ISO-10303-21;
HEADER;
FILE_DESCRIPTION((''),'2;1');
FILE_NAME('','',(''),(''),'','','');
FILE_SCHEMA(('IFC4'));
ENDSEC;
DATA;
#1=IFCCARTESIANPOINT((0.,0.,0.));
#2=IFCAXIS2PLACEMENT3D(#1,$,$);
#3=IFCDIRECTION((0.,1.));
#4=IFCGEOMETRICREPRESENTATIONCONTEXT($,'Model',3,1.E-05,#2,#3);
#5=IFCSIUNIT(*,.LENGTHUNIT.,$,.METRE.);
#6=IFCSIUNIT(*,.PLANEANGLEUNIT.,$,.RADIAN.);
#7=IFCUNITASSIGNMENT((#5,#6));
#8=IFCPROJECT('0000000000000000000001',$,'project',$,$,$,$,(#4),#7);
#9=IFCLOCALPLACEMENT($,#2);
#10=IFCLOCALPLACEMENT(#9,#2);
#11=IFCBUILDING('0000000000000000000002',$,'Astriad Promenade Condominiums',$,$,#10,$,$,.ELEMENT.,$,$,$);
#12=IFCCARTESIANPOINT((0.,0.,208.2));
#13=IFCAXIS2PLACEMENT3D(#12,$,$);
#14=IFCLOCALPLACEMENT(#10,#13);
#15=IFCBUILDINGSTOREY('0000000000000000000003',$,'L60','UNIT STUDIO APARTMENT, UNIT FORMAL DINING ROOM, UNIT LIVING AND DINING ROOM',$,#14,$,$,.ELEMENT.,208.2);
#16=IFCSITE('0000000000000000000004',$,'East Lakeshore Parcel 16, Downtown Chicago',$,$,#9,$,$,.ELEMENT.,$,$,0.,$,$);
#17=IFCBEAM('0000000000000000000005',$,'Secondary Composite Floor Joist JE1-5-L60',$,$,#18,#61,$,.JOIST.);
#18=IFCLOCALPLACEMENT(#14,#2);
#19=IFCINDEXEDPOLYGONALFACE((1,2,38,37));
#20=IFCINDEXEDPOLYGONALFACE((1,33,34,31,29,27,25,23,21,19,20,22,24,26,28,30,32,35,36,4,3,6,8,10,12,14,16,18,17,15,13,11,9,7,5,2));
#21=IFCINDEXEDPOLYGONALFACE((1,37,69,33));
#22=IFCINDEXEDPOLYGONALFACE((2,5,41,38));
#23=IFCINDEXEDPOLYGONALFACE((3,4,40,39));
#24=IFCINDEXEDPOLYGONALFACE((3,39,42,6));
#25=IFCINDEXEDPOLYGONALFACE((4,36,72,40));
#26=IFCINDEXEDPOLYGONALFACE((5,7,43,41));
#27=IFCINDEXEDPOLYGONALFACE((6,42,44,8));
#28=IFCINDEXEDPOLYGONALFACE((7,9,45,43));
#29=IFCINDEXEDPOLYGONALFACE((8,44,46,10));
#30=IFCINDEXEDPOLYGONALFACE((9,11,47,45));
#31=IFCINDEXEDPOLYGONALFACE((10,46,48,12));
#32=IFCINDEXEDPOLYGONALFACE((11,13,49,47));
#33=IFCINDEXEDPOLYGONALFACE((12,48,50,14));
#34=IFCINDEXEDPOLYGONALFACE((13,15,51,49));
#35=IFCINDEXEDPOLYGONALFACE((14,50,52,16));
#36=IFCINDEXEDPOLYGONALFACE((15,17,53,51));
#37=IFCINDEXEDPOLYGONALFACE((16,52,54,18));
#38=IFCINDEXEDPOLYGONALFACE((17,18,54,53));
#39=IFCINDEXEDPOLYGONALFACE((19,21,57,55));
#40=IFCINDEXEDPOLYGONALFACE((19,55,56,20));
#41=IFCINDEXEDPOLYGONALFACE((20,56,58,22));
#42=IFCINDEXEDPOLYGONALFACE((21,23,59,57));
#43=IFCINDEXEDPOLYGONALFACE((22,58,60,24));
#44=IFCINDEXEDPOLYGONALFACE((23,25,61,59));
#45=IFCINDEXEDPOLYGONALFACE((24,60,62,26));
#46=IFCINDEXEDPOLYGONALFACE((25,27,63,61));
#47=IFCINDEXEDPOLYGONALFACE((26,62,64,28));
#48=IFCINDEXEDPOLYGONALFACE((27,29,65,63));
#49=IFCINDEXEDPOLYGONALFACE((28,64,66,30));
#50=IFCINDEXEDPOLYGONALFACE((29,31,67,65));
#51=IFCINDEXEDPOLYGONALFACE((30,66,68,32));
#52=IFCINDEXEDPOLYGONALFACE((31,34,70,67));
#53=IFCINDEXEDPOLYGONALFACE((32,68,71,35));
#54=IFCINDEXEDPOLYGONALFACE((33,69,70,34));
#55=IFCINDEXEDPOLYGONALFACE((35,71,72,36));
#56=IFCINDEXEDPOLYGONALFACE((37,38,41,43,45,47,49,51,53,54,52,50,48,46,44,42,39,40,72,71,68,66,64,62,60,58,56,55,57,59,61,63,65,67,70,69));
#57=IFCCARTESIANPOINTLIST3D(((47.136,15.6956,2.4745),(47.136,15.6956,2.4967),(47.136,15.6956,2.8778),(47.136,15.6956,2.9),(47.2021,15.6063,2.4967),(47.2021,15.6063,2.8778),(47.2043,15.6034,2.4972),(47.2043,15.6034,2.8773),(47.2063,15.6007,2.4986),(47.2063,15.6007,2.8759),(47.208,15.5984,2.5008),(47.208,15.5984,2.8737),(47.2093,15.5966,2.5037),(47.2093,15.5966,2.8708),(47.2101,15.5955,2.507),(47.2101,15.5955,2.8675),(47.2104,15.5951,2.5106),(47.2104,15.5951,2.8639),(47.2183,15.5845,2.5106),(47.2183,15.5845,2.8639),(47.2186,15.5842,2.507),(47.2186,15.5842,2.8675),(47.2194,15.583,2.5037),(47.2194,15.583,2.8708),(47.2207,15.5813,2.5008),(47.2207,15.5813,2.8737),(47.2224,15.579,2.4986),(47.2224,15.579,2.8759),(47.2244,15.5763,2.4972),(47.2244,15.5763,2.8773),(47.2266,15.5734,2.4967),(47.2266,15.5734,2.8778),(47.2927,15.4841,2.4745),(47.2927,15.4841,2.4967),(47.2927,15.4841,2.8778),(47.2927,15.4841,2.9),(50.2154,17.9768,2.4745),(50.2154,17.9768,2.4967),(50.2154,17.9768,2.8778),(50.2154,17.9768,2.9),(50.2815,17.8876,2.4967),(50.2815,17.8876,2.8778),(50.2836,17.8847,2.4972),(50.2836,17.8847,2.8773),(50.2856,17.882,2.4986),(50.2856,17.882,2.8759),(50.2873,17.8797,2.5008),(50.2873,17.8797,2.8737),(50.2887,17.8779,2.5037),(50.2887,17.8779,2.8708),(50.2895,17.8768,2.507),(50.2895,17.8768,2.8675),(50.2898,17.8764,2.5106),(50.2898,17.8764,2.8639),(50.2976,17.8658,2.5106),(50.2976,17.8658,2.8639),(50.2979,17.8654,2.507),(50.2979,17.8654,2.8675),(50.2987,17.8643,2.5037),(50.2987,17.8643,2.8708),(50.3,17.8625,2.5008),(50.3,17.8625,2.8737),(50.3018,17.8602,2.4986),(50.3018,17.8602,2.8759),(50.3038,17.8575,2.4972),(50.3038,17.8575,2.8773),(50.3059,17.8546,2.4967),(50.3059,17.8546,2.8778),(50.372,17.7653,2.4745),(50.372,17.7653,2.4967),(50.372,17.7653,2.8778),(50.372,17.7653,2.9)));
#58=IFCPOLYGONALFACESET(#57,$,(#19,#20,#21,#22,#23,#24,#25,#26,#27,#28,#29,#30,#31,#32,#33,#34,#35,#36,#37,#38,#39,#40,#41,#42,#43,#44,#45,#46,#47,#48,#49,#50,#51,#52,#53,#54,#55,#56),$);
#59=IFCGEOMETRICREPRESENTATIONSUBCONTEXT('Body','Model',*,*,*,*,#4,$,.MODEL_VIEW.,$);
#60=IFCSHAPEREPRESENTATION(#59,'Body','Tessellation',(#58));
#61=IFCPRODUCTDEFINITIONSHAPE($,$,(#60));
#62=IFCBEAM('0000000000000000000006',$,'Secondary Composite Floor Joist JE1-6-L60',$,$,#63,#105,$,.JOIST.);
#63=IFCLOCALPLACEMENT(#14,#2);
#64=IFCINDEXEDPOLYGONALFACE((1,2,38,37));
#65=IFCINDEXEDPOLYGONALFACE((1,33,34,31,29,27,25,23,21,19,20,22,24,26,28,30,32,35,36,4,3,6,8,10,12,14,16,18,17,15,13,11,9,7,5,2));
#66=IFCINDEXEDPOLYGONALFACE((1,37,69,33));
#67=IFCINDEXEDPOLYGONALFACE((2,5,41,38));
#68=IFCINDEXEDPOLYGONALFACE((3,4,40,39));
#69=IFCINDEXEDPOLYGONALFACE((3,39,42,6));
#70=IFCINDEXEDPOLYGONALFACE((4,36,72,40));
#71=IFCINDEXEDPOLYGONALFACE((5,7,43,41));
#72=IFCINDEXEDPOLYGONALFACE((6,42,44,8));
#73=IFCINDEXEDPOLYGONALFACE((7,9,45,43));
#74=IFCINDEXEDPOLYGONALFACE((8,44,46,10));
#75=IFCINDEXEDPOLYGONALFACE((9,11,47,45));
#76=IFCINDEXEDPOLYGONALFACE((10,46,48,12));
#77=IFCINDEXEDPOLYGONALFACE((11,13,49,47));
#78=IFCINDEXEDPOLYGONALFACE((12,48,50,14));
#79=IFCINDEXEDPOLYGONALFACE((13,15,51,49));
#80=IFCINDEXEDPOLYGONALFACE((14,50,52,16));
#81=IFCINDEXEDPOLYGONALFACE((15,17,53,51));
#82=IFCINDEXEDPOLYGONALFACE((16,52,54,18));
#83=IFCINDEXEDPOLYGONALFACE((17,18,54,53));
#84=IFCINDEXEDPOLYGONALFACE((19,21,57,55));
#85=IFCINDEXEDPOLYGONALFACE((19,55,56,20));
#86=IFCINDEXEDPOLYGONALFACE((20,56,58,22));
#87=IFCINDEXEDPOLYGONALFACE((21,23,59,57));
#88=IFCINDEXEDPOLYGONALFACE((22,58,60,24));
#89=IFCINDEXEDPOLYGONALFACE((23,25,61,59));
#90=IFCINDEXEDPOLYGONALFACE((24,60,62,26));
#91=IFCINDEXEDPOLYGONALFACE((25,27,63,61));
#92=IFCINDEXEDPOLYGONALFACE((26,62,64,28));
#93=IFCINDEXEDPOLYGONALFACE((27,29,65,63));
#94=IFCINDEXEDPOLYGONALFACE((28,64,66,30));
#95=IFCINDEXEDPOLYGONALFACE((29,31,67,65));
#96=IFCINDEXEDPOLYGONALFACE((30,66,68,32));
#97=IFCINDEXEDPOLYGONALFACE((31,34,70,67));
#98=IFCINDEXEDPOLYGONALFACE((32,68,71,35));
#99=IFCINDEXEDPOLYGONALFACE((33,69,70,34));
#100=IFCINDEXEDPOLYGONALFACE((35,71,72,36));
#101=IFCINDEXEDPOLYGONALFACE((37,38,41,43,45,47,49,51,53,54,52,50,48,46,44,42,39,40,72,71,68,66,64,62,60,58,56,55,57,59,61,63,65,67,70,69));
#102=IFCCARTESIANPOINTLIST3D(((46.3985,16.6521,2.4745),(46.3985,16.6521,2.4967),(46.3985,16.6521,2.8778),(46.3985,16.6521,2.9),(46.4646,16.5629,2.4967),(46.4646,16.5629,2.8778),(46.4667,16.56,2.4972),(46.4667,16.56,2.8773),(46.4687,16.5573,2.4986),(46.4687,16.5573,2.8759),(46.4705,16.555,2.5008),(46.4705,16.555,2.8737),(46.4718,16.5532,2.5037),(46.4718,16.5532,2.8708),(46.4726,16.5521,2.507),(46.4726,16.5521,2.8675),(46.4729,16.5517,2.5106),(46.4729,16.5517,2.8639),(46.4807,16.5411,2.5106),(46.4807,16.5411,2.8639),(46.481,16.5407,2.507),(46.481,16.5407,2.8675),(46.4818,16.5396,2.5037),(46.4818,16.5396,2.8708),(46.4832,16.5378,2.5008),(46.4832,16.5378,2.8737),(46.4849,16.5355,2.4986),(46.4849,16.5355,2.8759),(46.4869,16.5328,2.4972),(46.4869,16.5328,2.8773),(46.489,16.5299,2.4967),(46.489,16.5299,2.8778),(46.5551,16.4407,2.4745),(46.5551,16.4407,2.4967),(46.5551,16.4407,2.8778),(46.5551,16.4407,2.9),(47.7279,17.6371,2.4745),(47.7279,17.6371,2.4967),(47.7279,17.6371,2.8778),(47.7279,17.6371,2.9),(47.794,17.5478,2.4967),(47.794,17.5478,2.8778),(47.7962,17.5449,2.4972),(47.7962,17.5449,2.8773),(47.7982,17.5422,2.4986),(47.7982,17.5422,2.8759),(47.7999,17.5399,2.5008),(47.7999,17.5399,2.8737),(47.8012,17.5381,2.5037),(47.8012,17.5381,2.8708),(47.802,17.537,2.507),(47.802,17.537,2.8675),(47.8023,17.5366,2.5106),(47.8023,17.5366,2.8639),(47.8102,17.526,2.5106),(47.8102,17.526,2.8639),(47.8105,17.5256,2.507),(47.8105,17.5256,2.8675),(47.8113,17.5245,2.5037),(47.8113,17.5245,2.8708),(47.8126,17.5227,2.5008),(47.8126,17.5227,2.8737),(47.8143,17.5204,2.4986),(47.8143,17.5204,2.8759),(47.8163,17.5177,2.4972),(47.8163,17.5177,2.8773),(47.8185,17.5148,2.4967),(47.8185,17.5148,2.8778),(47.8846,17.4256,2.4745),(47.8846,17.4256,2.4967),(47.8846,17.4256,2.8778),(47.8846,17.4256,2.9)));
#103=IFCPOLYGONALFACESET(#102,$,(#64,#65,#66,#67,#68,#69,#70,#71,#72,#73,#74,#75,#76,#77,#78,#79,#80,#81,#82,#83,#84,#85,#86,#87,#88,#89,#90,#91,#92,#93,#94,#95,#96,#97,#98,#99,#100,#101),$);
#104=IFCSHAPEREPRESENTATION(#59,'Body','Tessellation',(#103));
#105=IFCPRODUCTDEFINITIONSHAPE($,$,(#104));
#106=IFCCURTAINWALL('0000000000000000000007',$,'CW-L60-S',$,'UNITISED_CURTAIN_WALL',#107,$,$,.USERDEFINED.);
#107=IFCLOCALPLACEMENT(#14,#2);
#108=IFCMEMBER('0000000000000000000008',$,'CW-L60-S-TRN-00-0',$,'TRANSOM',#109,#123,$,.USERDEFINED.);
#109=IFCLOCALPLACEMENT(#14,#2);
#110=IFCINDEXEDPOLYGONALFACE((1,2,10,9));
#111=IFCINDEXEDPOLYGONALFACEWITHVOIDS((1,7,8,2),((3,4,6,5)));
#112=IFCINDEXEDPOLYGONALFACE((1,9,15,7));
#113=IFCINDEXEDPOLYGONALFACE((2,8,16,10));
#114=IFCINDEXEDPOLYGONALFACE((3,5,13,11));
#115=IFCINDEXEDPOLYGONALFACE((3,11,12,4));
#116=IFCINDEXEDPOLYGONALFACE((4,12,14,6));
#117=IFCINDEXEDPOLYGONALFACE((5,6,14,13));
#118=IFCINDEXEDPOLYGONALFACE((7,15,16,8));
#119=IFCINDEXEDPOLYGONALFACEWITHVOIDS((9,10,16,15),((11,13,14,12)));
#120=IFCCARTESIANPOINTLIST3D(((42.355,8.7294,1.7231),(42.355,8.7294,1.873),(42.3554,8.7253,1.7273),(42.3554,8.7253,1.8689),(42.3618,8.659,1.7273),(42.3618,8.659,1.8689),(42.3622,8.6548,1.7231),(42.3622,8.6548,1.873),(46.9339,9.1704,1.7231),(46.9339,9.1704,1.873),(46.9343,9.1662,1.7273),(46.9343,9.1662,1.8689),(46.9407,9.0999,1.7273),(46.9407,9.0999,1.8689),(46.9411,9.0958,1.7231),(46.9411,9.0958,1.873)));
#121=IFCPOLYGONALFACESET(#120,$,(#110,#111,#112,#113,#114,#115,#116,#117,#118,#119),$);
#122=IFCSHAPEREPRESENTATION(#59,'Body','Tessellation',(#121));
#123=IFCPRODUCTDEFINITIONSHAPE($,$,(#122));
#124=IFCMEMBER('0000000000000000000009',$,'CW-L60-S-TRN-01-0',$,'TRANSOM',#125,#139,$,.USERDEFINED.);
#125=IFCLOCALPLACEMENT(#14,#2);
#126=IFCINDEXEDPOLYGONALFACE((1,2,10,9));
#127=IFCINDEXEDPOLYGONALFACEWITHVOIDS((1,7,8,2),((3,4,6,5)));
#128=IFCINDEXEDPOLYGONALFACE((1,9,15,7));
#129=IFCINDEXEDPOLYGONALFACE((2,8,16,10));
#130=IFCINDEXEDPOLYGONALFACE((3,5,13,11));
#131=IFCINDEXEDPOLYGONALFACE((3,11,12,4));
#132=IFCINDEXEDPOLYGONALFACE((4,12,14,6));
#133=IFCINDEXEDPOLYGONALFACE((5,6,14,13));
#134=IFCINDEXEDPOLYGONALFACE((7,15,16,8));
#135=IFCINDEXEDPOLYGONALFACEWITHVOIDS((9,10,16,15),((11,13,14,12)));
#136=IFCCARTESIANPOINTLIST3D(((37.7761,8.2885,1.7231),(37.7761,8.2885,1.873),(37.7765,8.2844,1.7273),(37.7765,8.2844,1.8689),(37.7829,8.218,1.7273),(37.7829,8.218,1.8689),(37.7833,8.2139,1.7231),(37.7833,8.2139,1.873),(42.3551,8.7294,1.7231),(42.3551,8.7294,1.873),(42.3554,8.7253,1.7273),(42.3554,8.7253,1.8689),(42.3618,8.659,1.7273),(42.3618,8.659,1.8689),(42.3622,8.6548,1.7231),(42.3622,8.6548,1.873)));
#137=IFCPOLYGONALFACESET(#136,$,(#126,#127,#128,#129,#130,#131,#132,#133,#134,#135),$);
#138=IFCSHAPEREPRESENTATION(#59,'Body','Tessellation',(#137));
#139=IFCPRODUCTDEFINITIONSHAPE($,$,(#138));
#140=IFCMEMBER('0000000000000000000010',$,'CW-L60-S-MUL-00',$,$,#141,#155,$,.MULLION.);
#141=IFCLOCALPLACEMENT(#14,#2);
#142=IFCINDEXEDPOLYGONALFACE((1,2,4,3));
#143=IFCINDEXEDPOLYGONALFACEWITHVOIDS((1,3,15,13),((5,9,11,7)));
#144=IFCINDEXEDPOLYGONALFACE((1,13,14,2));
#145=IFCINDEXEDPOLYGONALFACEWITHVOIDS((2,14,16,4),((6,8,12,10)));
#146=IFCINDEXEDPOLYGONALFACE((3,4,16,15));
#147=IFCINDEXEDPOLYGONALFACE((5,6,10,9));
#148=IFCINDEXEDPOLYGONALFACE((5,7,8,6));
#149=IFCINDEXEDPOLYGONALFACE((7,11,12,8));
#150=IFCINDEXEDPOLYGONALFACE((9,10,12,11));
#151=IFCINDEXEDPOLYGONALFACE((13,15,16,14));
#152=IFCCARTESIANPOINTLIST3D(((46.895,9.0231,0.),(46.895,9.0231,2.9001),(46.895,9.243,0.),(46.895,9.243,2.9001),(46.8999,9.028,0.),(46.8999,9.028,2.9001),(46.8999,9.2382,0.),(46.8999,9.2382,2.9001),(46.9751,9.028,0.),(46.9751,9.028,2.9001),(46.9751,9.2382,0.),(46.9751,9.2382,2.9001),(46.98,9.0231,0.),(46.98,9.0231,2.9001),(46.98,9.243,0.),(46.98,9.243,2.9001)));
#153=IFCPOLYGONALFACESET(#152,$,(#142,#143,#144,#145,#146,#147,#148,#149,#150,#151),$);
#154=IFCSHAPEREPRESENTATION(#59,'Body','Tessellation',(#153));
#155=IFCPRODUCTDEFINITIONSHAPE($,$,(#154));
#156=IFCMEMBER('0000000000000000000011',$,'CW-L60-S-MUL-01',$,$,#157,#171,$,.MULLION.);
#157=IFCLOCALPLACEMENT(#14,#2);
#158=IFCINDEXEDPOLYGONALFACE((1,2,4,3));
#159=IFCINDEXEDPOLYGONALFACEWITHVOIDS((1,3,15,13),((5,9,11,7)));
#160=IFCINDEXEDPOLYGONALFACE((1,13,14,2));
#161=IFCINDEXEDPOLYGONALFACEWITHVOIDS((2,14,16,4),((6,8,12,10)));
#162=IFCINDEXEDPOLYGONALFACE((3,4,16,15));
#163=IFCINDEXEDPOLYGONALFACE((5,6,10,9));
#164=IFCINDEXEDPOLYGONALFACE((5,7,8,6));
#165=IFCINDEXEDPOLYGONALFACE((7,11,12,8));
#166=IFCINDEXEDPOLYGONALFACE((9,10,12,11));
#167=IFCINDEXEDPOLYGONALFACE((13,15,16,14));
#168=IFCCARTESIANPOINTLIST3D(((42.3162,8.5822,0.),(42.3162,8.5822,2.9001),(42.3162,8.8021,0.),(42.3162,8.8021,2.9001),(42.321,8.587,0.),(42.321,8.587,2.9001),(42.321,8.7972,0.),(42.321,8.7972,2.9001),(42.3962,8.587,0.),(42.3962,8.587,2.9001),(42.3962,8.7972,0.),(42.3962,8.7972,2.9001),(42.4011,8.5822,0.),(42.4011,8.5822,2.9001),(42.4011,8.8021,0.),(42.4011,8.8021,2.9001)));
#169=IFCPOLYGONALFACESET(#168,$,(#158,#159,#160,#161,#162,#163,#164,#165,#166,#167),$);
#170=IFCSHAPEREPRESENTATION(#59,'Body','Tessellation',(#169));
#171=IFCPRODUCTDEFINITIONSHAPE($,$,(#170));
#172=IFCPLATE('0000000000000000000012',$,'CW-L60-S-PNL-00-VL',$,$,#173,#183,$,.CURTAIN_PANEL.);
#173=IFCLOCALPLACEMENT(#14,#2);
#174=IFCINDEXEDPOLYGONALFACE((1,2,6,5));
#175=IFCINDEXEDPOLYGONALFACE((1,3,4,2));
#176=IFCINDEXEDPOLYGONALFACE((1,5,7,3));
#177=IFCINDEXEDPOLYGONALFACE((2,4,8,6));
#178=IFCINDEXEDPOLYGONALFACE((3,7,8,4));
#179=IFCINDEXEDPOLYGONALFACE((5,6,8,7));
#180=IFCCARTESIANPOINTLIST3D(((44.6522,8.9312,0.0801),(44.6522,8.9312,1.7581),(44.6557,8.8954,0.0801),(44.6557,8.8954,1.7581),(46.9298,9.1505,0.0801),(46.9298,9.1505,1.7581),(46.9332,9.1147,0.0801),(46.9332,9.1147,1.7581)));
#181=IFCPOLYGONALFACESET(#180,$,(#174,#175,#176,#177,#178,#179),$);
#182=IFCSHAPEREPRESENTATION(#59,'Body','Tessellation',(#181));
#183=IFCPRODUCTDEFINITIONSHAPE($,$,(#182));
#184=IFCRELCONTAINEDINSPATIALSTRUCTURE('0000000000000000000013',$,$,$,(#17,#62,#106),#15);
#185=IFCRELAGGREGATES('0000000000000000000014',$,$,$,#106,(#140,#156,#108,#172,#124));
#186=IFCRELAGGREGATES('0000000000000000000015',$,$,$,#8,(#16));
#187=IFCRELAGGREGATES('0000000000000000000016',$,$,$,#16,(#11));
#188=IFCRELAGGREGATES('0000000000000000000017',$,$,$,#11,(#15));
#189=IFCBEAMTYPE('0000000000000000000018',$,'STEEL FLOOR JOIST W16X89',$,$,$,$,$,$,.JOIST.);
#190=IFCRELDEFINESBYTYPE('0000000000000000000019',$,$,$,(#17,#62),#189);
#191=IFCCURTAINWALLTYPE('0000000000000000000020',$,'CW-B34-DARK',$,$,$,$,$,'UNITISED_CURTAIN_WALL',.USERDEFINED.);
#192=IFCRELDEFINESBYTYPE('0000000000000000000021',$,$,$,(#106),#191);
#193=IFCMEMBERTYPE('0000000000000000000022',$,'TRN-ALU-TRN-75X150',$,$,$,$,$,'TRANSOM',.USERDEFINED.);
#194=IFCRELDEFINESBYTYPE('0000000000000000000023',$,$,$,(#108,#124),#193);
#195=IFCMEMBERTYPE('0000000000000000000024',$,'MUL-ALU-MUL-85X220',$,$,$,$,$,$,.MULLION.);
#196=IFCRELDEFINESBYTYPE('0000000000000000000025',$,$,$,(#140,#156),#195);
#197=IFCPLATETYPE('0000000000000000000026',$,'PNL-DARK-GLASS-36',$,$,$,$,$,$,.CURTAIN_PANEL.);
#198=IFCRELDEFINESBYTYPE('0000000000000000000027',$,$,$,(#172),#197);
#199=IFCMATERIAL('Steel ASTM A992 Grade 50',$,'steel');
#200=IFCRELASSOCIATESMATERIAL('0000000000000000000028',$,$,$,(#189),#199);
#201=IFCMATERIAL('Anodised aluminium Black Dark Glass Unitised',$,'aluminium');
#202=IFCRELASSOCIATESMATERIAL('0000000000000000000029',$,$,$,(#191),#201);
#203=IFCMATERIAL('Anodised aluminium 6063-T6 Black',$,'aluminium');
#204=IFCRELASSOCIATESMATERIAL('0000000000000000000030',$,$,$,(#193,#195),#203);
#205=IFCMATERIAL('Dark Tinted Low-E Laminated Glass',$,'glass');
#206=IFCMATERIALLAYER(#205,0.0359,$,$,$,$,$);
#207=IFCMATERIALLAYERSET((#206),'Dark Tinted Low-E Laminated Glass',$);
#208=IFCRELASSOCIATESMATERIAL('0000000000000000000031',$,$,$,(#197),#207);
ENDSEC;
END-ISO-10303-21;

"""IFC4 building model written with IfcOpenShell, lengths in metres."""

from ifc_helpers import new_model, si_unit, direction, frame, origin, origin_2d, place, context, subcontext, project, spatial, rectangle, hollow_rectangle, i_section, extrude, source, transform, mapped, material, layer, layer_set, material_profile, profile_set, type_object, type_shapes, element, aggregate, save


model = new_model("IFC4")

# Units and contexts
model_context = context("Model", 3, precision=1e-05, world=origin(), true_north=direction((0.0, 1.0)))
body_context = subcontext(model_context, "Body", "Model", "MODEL_VIEW")
ifc_project = project(units=[si_unit("LENGTHUNIT", "METRE"), si_unit("PLANEANGLEUNIT", "RADIAN")], contexts=[model_context])

# Site, building, storey
site_placement = place(None, origin())
site = spatial("IfcSite", under=ifc_project, at=site_placement, Name="East Lakeshore Parcel 16, Downtown Chicago", CompositionType="ELEMENT", RefElevation=0.0)
building_placement = place(site_placement, origin())
building = spatial("IfcBuilding", under=site, at=building_placement, Name="Astriad Promenade Condominiums", CompositionType="ELEMENT")
storey_placement = place(building_placement, frame((0.0, 0.0, 208.2)))
storey = spatial("IfcBuildingStorey", under=building, at=storey_placement, Name="L60", Description="UNIT STUDIO APARTMENT, UNIT FORMAL DINING ROOM, UNIT LIVING AND DINING ROOM", CompositionType="ELEMENT", Elevation=208.2)

# Beams
ifc_material_1 = material(Name="Steel ASTM A992 Grade 50", Category="steel")
ifc_material_profile_1 = material_profile(ifc_material_1, i_section(OverallWidth=0.2632, OverallDepth=0.4255, WebThickness=0.0132, FlangeThickness=0.0222, FilletRadius=0.0139, at=origin_2d()), Name="W16X89")
ifc_profile_set_1 = profile_set([ifc_material_profile_1], Name="Steel ASTM A992 Grade 50")
beam_type = type_object("IfcBeamType", Name="STEEL FLOOR JOIST W16X89", PredefinedType="JOIST", material=ifc_profile_set_1)
shared_shape_1 = source(origin(), body_context, "Body", "SweptSolid", [
    extrude(i_section(OverallWidth=0.2632, OverallDepth=0.4255, WebThickness=0.0132, FlangeThickness=0.0222, FilletRadius=0.0139, at=origin_2d()), origin(), (0.0, 0.0, 1.0), 3.8323),
])
beam_1_placement = place(storey_placement, frame((47.2144, 15.5898, 2.6873), z_axis=(0.803526, 0.59527, 0.0), x_axis=(-0.59527, 0.803526, 0.0)))
element("IfcBeam", 1, at=beam_1_placement, inside=storey, type_object=beam_type, Name="Secondary Composite Floor Joist JE1-5-L60", PredefinedType="JOIST", context=body_context, shape_type="MappedRepresentation", body=[
    mapped(shared_shape_1, transform((0.0, 0.0, 0.0), scale=1.0)),
])
shared_shape_2 = source(origin(), body_context, "Body", "SweptSolid", [
    extrude(i_section(OverallWidth=0.2632, OverallDepth=0.4255, WebThickness=0.0132, FlangeThickness=0.0222, FilletRadius=0.0139, at=origin_2d()), origin(), (0.0, 0.0, 1.0), 1.6545),
])
type_shapes(beam_type, [shared_shape_1, shared_shape_2])
beam_2_placement = place(storey_placement, frame((46.4768, 16.5464, 2.6873), z_axis=(0.80351, 0.595291, 0.0), x_axis=(-0.595291, 0.80351, 0.0)))
element("IfcBeam", 2, at=beam_2_placement, inside=storey, type_object=beam_type, Name="Secondary Composite Floor Joist JE1-6-L60", PredefinedType="JOIST", context=body_context, shape_type="MappedRepresentation", body=[
    mapped(shared_shape_2, transform((0.0, 0.0, 0.0), scale=1.0)),
])

# Curtain wall, members, plate
ifc_material_2 = material(Name="Anodised aluminium Black Dark Glass Unitised", Category="aluminium")
curtain_wall_type = type_object("IfcCurtainWallType", Name="CW-B34-DARK", ElementType="UNITISED_CURTAIN_WALL", PredefinedType="USERDEFINED", material=ifc_material_2)
curtain_wall_placement = place(storey_placement, origin())
curtain_wall = element("IfcCurtainWall", 3, at=curtain_wall_placement, inside=storey, type_object=curtain_wall_type, Name="CW-L60-S", ObjectType="UNITISED_CURTAIN_WALL", PredefinedType="USERDEFINED")
ifc_material_3 = material(Name="Anodised aluminium 6063-T6 Black", Category="aluminium")
ifc_material_profile_2 = material_profile(ifc_material_3, hollow_rectangle(XDim=0.075, YDim=0.1499, WallThickness=0.0042, at=origin_2d()), Name="ALU-TRN-75X150")
ifc_profile_set_2 = profile_set([ifc_material_profile_2], Name="Anodised aluminium 6063-T6 Black")
member_type_1 = type_object("IfcMemberType", Name="TRN-ALU-TRN-75X150", ElementType="TRANSOM", PredefinedType="USERDEFINED", material=ifc_profile_set_2)
shared_shape_3 = source(origin(), body_context, "Body", "SweptSolid", [
    extrude(hollow_rectangle(XDim=0.075, YDim=0.1499, WallThickness=0.0042, at=origin_2d()), origin(), (0.0, 0.0, 1.0), 4.6001),
])
type_shapes(member_type_1, [shared_shape_3])
member_1_placement = place(storey_placement, frame((46.9375, 9.1331, 1.7981), z_axis=(-0.995396, -0.095851, 0.0), x_axis=(0.095851, -0.995396, 0.0)))
member_1 = element("IfcMember", 4, at=member_1_placement, type_object=member_type_1, Name="CW-L60-S-TRN-00-0", ObjectType="TRANSOM", PredefinedType="USERDEFINED", context=body_context, shape_type="MappedRepresentation", body=[
    mapped(shared_shape_3, transform((0.0, 0.0, 0.0), scale=1.0)),
])
member_2_placement = place(storey_placement, frame((42.3586, 8.6921, 1.7981), z_axis=(-0.995396, -0.095851, 0.0), x_axis=(0.095851, -0.995396, 0.0)))
member_2 = element("IfcMember", 5, at=member_2_placement, type_object=member_type_1, Name="CW-L60-S-TRN-01-0", ObjectType="TRANSOM", PredefinedType="USERDEFINED", context=body_context, shape_type="MappedRepresentation", body=[
    mapped(shared_shape_3, transform((0.0, 0.0, 0.0), scale=1.0)),
])
ifc_material_profile_3 = material_profile(ifc_material_3, hollow_rectangle(XDim=0.085, YDim=0.22, WallThickness=0.0049, at=origin_2d()), Name="ALU-MUL-85X220")
ifc_profile_set_3 = profile_set([ifc_material_profile_3], Name="Anodised aluminium 6063-T6 Black")
member_type_2 = type_object("IfcMemberType", Name="MUL-ALU-MUL-85X220", PredefinedType="MULLION", material=ifc_profile_set_3)
shared_shape_4 = source(origin(), body_context, "Body", "SweptSolid", [
    extrude(hollow_rectangle(XDim=0.085, YDim=0.22, WallThickness=0.0049, at=origin_2d()), origin(), (0.0, 0.0, 1.0), 2.9001),
])
type_shapes(member_type_2, [shared_shape_4])
member_3_placement = place(storey_placement, frame((46.9375, 9.1331, 0.0), z_axis=(0.0, 0.0, 1.0), x_axis=(1.0, 0.0, 0.0)))
member_3 = element("IfcMember", 6, at=member_3_placement, type_object=member_type_2, Name="CW-L60-S-MUL-00", PredefinedType="MULLION", context=body_context, shape_type="MappedRepresentation", body=[
    mapped(shared_shape_4, transform((0.0, 0.0, 0.0), scale=1.0)),
])
member_4_placement = place(storey_placement, frame((42.3586, 8.6921, 0.0), z_axis=(0.0, 0.0, 1.0), x_axis=(1.0, 0.0, 0.0)))
member_4 = element("IfcMember", 7, at=member_4_placement, type_object=member_type_2, Name="CW-L60-S-MUL-01", PredefinedType="MULLION", context=body_context, shape_type="MappedRepresentation", body=[
    mapped(shared_shape_4, transform((0.0, 0.0, 0.0), scale=1.0)),
])
ifc_material_4 = material(Name="Dark Tinted Low-E Laminated Glass", Category="glass")
ifc_layer_1 = layer(ifc_material_4, 0.0359)
ifc_layer_set_1 = layer_set([ifc_layer_1], Name="Dark Tinted Low-E Laminated Glass")
plate_type = type_object("IfcPlateType", Name="PNL-DARK-GLASS-36", PredefinedType="CURTAIN_PANEL", material=ifc_layer_set_1)
shared_shape_5 = source(origin(), body_context, "Body", "SweptSolid", [
    extrude(rectangle(XDim=2.2881, YDim=0.0359, at=origin_2d()), origin(), (0.0, 0.0, 1.0), 1.678),
])
plate_1_placement = place(storey_placement, frame((45.7927, 9.0229, 0.0801), z_axis=(0.0, 0.0, 1.0), x_axis=(-0.995396, -0.095846, 0.0)))
plate_1 = element("IfcPlate", 8, at=plate_1_placement, type_object=plate_type, Name="CW-L60-S-PNL-00-VL", PredefinedType="CURTAIN_PANEL", context=body_context, shape_type="MappedRepresentation", body=[
    mapped(shared_shape_5, transform((0.0, 0.0, 0.0), scale=1.0)),
])
aggregate(curtain_wall, [member_3, member_4, member_1, plate_1, member_2])

save(model, "model.ifc")
